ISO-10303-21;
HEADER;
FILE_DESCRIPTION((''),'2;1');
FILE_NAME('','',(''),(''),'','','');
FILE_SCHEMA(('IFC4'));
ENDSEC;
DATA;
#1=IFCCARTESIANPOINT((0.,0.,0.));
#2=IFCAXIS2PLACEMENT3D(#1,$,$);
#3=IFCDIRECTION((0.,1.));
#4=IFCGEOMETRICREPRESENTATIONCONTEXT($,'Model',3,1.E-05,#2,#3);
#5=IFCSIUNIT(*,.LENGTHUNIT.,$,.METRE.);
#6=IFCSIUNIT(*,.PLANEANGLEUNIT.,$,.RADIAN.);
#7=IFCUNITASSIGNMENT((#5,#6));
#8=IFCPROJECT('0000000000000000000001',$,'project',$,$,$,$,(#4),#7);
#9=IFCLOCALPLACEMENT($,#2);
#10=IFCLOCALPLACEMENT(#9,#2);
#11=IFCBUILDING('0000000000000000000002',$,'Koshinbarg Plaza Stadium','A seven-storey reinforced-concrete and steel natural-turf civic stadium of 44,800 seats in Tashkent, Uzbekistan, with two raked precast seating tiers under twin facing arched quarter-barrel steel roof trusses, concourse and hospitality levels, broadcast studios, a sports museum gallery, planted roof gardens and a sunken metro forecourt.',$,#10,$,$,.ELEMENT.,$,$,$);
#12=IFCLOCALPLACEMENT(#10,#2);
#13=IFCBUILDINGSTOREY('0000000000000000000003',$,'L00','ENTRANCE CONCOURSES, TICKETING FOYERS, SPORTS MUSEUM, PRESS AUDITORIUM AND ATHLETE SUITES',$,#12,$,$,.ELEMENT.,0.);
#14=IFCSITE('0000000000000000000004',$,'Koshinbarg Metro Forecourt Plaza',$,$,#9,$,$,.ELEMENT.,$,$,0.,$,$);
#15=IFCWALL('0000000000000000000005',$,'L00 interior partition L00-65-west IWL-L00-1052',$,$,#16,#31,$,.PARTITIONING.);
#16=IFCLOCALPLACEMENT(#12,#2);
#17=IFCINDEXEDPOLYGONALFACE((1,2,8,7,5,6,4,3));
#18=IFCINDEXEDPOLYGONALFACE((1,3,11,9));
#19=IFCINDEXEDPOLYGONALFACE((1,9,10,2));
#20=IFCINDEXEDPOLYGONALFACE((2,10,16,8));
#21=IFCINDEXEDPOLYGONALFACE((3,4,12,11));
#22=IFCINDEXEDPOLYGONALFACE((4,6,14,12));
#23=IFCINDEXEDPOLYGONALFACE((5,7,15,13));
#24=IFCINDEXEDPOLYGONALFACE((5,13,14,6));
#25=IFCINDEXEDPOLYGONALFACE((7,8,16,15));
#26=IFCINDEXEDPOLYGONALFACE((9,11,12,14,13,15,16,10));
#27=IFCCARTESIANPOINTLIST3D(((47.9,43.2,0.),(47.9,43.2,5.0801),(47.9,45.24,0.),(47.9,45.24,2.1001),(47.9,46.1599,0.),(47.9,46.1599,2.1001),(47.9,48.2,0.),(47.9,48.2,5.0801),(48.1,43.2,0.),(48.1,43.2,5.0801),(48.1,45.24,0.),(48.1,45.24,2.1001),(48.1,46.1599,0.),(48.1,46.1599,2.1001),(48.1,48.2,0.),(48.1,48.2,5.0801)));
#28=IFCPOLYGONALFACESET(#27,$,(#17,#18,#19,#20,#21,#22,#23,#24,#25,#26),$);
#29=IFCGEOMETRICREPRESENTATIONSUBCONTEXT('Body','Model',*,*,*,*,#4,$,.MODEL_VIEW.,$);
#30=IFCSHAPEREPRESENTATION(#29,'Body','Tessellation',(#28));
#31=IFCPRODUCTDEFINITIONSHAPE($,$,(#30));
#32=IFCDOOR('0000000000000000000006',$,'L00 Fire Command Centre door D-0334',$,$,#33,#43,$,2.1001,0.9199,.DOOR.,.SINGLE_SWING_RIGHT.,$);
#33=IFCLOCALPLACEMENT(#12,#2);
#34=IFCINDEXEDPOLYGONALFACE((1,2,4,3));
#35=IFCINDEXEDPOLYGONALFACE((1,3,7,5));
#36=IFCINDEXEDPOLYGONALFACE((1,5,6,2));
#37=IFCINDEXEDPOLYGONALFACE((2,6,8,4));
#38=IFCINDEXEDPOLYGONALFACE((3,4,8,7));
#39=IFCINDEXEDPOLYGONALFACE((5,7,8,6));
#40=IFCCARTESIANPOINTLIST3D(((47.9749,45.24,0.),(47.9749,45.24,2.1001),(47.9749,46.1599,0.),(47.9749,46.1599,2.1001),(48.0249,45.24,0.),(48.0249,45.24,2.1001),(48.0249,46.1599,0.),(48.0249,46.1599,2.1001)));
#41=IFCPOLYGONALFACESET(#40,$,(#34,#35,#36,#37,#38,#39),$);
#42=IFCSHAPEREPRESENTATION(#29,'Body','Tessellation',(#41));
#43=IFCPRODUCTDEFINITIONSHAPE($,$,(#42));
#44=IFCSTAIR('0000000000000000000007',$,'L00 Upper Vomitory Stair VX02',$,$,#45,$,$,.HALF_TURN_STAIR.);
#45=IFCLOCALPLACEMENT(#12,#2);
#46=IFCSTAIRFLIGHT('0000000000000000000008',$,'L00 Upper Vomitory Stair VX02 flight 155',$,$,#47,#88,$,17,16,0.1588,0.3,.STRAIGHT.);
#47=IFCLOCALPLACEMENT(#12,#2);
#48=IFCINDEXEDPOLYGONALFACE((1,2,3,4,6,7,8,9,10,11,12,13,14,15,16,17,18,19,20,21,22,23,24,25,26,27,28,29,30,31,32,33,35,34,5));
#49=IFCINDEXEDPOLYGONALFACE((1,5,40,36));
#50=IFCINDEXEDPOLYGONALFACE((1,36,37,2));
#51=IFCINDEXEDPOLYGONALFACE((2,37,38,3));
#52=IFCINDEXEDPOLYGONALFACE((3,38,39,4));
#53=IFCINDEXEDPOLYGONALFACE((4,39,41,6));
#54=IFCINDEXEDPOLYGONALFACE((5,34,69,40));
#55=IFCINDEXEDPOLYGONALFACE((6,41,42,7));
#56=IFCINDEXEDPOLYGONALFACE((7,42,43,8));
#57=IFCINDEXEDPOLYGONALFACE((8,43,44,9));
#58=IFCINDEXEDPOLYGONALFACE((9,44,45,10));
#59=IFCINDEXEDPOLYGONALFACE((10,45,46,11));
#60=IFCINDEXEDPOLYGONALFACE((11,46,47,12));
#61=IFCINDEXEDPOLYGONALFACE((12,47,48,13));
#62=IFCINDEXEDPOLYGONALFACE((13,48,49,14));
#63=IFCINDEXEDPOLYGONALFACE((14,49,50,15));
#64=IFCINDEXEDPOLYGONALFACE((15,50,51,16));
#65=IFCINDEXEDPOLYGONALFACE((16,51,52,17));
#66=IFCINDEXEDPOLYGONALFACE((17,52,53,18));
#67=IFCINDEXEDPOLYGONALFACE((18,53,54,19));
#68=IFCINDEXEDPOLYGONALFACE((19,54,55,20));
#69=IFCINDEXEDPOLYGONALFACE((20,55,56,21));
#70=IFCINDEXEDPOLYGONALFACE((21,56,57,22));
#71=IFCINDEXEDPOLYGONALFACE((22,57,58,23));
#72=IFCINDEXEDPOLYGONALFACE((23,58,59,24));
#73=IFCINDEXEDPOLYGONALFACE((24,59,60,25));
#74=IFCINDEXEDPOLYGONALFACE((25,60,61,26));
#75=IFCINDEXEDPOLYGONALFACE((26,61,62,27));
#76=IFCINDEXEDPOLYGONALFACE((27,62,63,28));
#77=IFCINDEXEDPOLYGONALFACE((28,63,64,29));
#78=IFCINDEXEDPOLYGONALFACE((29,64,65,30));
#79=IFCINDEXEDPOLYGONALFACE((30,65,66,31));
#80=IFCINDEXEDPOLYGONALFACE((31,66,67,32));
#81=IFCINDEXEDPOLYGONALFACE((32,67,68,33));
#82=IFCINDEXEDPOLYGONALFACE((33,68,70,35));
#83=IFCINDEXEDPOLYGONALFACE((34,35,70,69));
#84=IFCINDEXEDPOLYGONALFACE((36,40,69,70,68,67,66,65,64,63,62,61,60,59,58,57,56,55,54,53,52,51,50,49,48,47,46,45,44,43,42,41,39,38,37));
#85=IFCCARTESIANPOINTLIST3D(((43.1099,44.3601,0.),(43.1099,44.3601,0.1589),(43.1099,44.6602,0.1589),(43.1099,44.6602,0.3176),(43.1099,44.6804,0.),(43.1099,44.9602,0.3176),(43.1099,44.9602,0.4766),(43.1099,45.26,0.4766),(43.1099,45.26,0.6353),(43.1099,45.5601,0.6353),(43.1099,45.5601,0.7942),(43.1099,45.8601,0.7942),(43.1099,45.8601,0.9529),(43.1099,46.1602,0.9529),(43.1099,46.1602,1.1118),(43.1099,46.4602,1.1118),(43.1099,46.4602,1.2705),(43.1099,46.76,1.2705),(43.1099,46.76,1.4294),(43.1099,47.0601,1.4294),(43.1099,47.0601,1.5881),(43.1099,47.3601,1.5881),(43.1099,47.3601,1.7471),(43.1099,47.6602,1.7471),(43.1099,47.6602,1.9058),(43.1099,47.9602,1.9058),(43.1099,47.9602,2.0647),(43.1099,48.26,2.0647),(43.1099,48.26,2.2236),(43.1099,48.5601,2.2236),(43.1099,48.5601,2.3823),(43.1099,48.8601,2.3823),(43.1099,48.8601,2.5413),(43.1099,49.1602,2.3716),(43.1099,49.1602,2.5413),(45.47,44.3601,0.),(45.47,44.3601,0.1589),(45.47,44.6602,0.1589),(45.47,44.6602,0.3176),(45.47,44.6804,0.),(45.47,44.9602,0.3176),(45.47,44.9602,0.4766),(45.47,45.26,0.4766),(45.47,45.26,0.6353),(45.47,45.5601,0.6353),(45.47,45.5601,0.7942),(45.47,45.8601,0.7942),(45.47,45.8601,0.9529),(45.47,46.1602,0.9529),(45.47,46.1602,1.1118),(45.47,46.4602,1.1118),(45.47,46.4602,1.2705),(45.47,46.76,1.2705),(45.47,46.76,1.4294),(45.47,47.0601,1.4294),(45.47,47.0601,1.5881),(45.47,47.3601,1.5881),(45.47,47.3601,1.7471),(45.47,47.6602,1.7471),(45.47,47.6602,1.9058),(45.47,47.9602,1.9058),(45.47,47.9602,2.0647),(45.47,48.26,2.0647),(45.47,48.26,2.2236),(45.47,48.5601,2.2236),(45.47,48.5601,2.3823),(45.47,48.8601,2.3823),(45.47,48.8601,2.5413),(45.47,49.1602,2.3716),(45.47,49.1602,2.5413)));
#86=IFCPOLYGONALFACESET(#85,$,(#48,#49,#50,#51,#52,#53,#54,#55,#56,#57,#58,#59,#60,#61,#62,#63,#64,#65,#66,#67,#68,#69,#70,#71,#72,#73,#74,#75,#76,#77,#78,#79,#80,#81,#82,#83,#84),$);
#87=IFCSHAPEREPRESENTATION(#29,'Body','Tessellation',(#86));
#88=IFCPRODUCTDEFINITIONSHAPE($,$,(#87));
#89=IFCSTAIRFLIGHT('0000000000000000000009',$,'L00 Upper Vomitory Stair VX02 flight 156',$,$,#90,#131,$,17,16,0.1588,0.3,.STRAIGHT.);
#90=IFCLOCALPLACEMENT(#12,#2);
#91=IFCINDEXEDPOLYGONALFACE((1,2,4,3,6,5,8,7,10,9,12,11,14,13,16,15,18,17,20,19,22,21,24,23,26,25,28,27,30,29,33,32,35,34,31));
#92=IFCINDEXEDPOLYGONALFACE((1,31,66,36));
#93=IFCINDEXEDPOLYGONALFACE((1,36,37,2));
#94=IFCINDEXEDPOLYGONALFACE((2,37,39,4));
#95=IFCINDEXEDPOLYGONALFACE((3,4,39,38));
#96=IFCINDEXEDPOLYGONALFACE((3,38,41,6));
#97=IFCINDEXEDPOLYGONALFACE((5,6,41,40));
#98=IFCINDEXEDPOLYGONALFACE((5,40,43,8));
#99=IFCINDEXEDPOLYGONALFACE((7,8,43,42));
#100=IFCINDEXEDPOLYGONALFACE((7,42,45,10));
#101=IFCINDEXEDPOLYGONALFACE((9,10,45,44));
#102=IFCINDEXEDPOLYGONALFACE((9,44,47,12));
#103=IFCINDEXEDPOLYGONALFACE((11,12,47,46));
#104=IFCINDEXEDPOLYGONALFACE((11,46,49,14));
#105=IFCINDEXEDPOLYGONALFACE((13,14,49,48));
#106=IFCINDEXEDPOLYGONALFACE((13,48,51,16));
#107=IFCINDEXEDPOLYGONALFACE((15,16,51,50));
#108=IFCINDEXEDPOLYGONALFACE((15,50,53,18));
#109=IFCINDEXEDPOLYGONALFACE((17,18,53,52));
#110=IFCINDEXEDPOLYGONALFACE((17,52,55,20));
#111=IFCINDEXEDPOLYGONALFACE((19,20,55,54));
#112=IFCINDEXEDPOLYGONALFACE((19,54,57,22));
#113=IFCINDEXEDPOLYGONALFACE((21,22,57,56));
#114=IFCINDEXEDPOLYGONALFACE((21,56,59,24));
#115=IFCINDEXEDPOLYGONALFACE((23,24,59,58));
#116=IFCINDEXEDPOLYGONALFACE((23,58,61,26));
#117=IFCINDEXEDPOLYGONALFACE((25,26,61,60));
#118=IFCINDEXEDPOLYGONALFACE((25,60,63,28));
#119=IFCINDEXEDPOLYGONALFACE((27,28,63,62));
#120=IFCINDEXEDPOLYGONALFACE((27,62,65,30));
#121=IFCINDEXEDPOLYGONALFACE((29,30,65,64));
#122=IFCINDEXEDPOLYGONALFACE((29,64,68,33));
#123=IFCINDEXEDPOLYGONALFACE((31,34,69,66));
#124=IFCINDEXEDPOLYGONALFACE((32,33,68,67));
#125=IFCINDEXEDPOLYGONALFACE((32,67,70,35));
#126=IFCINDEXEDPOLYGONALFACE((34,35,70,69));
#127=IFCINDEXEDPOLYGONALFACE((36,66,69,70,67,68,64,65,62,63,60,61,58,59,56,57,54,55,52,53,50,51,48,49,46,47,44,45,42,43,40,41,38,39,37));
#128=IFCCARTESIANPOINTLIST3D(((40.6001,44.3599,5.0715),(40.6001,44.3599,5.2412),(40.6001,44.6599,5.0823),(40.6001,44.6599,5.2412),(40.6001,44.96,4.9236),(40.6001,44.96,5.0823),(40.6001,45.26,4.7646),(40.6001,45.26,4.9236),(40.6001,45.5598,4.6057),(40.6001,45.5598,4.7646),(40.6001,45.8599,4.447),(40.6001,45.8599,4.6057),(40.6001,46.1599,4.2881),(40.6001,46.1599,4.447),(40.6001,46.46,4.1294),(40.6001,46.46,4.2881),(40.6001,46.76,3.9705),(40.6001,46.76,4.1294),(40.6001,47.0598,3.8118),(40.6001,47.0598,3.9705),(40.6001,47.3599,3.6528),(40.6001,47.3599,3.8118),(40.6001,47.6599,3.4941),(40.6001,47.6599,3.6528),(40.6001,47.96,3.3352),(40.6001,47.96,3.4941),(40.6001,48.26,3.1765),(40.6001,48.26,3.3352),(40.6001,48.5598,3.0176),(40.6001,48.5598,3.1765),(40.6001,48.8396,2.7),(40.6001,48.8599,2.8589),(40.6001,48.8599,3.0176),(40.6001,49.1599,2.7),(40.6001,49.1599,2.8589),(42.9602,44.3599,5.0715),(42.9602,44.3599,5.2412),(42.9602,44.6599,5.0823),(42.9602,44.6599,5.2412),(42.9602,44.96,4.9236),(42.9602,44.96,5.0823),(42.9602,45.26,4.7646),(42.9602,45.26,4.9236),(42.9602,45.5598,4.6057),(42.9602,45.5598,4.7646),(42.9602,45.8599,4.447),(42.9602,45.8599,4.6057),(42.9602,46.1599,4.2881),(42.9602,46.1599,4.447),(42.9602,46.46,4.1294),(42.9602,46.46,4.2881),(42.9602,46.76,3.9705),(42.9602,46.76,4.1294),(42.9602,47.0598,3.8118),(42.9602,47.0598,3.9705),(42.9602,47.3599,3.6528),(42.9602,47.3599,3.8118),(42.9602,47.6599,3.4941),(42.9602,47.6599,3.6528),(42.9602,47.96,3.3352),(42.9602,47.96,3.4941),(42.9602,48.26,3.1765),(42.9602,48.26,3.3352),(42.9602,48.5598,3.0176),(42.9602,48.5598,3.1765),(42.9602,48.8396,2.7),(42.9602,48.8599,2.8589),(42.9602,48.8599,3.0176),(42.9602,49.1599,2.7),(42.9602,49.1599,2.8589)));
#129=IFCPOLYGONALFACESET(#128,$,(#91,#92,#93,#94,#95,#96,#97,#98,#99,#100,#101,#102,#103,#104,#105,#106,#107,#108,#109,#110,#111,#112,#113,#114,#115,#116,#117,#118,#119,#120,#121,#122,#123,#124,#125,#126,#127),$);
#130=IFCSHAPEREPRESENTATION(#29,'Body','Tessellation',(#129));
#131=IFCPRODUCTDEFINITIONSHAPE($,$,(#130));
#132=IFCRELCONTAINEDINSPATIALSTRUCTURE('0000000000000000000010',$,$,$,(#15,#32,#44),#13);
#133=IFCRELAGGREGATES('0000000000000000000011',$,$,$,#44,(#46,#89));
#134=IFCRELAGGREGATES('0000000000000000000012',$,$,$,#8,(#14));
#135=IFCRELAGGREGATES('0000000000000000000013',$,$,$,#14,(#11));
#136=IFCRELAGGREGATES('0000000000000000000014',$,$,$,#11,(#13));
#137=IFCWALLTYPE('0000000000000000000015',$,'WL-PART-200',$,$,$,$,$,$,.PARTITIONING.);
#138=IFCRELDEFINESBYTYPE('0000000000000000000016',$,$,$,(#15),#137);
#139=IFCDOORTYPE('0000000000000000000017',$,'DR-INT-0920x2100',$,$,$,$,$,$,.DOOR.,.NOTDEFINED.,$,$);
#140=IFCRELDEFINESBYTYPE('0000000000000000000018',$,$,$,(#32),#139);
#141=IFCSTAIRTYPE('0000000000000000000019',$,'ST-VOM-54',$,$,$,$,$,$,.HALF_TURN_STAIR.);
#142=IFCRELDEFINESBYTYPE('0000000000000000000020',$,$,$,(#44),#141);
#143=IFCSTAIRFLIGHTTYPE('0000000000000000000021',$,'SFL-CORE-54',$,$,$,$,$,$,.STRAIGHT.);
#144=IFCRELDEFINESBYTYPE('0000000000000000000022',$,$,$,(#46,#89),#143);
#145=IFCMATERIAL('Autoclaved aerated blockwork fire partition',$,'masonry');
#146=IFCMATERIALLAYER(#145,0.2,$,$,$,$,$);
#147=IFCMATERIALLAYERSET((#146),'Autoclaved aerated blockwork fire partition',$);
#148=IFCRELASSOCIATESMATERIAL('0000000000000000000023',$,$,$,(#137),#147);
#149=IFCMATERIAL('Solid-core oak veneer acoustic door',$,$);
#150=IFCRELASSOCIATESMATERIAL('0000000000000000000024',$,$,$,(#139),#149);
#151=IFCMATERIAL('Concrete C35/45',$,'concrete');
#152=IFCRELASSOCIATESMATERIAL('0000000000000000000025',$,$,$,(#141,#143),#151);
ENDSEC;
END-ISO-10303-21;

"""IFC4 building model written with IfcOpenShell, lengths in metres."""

from ifc_helpers import new_model, si_unit, direction, frame, frame_2d, origin, place, context, subcontext, project, spatial, polyline, rectangle, outline, extrude, material, layer, layer_set, type_object, element, fill, aggregate, save


model = new_model("IFC4")

# Units and contexts
model_context = context("Model", 3, precision=1e-05, world=origin(), true_north=direction((0.0, 1.0)))
body_context = subcontext(model_context, "Body", "Model", "MODEL_VIEW")
ifc_project = project(units=[si_unit("LENGTHUNIT", "METRE"), si_unit("PLANEANGLEUNIT", "RADIAN")], contexts=[model_context])

# Site, building, storey
site_placement = place(None, origin())
site = spatial("IfcSite", under=ifc_project, at=site_placement, Name="Koshinbarg Metro Forecourt Plaza", CompositionType="ELEMENT", RefElevation=0.0)
building_placement = place(site_placement, origin())
building = spatial("IfcBuilding", under=site, at=building_placement, Name="Koshinbarg Plaza Stadium", Description="A seven-storey reinforced-concrete and steel natural-turf civic stadium of 44,800 seats in Tashkent, Uzbekistan, with two raked precast seating tiers under twin facing arched quarter-barrel steel roof trusses, concourse and hospitality levels, broadcast studios, a sports museum gallery, planted roof gardens and a sunken metro forecourt.", CompositionType="ELEMENT")
storey_placement = place(building_placement, origin())
storey = spatial("IfcBuildingStorey", under=building, at=storey_placement, Name="L00", Description="ENTRANCE CONCOURSES, TICKETING FOYERS, SPORTS MUSEUM, PRESS AUDITORIUM AND ATHLETE SUITES", CompositionType="ELEMENT", Elevation=0.0)

# Shared definitions
ifc_material_1 = material(Name="Concrete C35/45", Category="concrete")

# Shared definitions
ifc_material_2 = material(Name="Autoclaved aerated blockwork fire partition", Category="masonry")
ifc_layer_1 = layer(ifc_material_2, 0.2)
ifc_layer_set_1 = layer_set([ifc_layer_1], Name="Autoclaved aerated blockwork fire partition")
wall_type_1 = type_object("IfcWallType", Name="WL-PART-200", PredefinedType="PARTITIONING", material=ifc_layer_set_1)

# Wall, opening, door
wall_1_placement = place(storey_placement, frame((48.0, 48.2, 0.0), z_axis=(0.0, 0.0, 1.0), x_axis=(0.0, -1.0, 0.0)))
wall_1 = element("IfcWall", 1, at=wall_1_placement, inside=storey, type_object=wall_type_1, Name="L00 interior partition L00-65-west IWL-L00-1052", PredefinedType="PARTITIONING", context=body_context, shape_type="SweptSolid", body=[
    extrude(rectangle(XDim=5.0, YDim=0.2, at=frame_2d((2.5, 0.0))), origin(), (0.0, 0.0, 1.0), 5.0801),
])
opening_1_placement = place(wall_1_placement, frame((2.04, 0.0, 0.0)))
opening_1 = element("IfcOpeningElement", 2, at=opening_1_placement, cuts=wall_1, PredefinedType="OPENING", context=body_context, shape_type="SweptSolid", body=[
    extrude(rectangle(XDim=0.9199, YDim=2.1001, at=frame_2d((0.46, 1.05))), frame((0.0, 0.1099, 0.0), z_axis=(0.0, -1.0, 0.0), x_axis=(1.0, 0.0, 0.0)), (0.0, 0.0, 1.0), 0.22),
])
ifc_material_3 = material(Name="Solid-core oak veneer acoustic door")
door_type_1 = type_object("IfcDoorType", Name="DR-INT-0920x2100", OperationType="NOTDEFINED", PredefinedType="DOOR", material=ifc_material_3)
door_1_placement = place(opening_1_placement, origin())
door_1 = element("IfcDoor", 3, at=door_1_placement, inside=storey, type_object=door_type_1, Name="L00 Fire Command Centre door D-0334", OperationType="SINGLE_SWING_RIGHT", OverallHeight=2.1001, OverallWidth=0.9199, PredefinedType="DOOR", context=body_context, shape_type="SweptSolid", body=[
    extrude(rectangle(XDim=0.9199, YDim=2.1001, at=frame_2d((0.46, 1.05))), frame((0.0, 0.0249, 0.0), z_axis=(0.0, -1.0, 0.0), x_axis=(1.0, 0.0, 0.0)), (0.0, 0.0, 1.0), 0.05),
])
fill(opening_1, door_1)

# Stair, stair flights
stair_type = type_object("IfcStairType", Name="ST-VOM-54", PredefinedType="HALF_TURN_STAIR", material=ifc_material_1)
stair_placement = place(storey_placement, origin())
stair = element("IfcStair", 4, at=stair_placement, inside=storey, type_object=stair_type, Name="L00 Upper Vomitory Stair VX02", PredefinedType="HALF_TURN_STAIR")
stair_flight_type = type_object("IfcStairFlightType", Name="SFL-CORE-54", PredefinedType="STRAIGHT", material=ifc_material_1)
stair_flight_1_placement = place(storey_placement, frame((44.29, 44.3601, 0.0), z_axis=(0.0, 0.0, 1.0), x_axis=(0.0, 1.0, 0.0)))
stair_flight_1 = element("IfcStairFlight", 5, at=stair_flight_1_placement, type_object=stair_flight_type, Name="L00 Upper Vomitory Stair VX02 flight 155", NumberOfRisers=17, NumberOfTreads=16, PredefinedType="STRAIGHT", RiserHeight=0.1588, TreadLength=0.3, context=body_context, shape_type="SweptSolid", body=[
    extrude(outline(polyline([(0.0, 0.0), (0.0, 0.1589), (0.3, 0.1589), (0.3, 0.3176), (0.6001, 0.3176), (0.6001, 0.4766), (0.8999, 0.4766), (0.8999, 0.6353), (1.2, 0.6353), (1.2, 0.7942), (1.5, 0.7942), (1.5, 0.9529), (1.8, 0.9529), (1.8, 1.1118), (2.1001, 1.1118), (2.1001, 1.2705), (2.3999, 1.2705), (2.3999, 1.4294), (2.7, 1.4294), (2.7, 1.5881), (3.0, 1.5881), (3.0, 1.7471), (3.3, 1.7471), (3.3, 1.9058), (3.6001, 1.9058), (3.6001, 2.0647), (3.8999, 2.0647), (3.8999, 2.2236), (4.2, 2.2236), (4.2, 2.3823), (4.5, 2.3823), (4.5, 2.5413), (4.8, 2.5413), (4.8, 2.7), (4.8, 2.3716), (0.3203, 0.0), (0.0, 0.0)])), frame((0.0, 1.1802, 0.0), z_axis=(0.0, -1.0, 0.0), x_axis=(1.0, 0.0, 0.0)), (0.0, 0.0, 1.0), 2.3601),
])
stair_flight_2_placement = place(storey_placement, frame((41.78, 49.1599, 2.7), z_axis=(0.0, 0.0, 1.0), x_axis=(0.0, -1.0, 0.0)))
stair_flight_2 = element("IfcStairFlight", 6, at=stair_flight_2_placement, type_object=stair_flight_type, Name="L00 Upper Vomitory Stair VX02 flight 156", NumberOfRisers=17, NumberOfTreads=16, PredefinedType="STRAIGHT", RiserHeight=0.1588, TreadLength=0.3, context=body_context, shape_type="SweptSolid", body=[
    extrude(outline(polyline([(0.0, 0.0), (0.0, 0.1589), (0.3, 0.1589), (0.3, 0.3176), (0.6001, 0.3176), (0.6001, 0.4766), (0.8999, 0.4766), (0.8999, 0.6353), (1.2, 0.6353), (1.2, 0.7942), (1.5, 0.7942), (1.5, 0.9529), (1.8, 0.9529), (1.8, 1.1118), (2.1001, 1.1118), (2.1001, 1.2705), (2.3999, 1.2705), (2.3999, 1.4294), (2.7, 1.4294), (2.7, 1.5881), (3.0, 1.5881), (3.0, 1.7471), (3.3, 1.7471), (3.3, 1.9058), (3.6001, 1.9058), (3.6001, 2.0647), (3.8999, 2.0647), (3.8999, 2.2236), (4.2, 2.2236), (4.2, 2.3823), (4.5, 2.3823), (4.5, 2.5413), (4.8, 2.5413), (4.8, 2.7), (4.8, 2.3716), (0.3203, 0.0), (0.0, 0.0)])), frame((0.0, 1.1802, 0.0), z_axis=(0.0, -1.0, 0.0), x_axis=(1.0, 0.0, 0.0)), (0.0, 0.0, 1.0), 2.3601),
])
aggregate(stair, [stair_flight_1, stair_flight_2])

save(model, "model.ifc")
